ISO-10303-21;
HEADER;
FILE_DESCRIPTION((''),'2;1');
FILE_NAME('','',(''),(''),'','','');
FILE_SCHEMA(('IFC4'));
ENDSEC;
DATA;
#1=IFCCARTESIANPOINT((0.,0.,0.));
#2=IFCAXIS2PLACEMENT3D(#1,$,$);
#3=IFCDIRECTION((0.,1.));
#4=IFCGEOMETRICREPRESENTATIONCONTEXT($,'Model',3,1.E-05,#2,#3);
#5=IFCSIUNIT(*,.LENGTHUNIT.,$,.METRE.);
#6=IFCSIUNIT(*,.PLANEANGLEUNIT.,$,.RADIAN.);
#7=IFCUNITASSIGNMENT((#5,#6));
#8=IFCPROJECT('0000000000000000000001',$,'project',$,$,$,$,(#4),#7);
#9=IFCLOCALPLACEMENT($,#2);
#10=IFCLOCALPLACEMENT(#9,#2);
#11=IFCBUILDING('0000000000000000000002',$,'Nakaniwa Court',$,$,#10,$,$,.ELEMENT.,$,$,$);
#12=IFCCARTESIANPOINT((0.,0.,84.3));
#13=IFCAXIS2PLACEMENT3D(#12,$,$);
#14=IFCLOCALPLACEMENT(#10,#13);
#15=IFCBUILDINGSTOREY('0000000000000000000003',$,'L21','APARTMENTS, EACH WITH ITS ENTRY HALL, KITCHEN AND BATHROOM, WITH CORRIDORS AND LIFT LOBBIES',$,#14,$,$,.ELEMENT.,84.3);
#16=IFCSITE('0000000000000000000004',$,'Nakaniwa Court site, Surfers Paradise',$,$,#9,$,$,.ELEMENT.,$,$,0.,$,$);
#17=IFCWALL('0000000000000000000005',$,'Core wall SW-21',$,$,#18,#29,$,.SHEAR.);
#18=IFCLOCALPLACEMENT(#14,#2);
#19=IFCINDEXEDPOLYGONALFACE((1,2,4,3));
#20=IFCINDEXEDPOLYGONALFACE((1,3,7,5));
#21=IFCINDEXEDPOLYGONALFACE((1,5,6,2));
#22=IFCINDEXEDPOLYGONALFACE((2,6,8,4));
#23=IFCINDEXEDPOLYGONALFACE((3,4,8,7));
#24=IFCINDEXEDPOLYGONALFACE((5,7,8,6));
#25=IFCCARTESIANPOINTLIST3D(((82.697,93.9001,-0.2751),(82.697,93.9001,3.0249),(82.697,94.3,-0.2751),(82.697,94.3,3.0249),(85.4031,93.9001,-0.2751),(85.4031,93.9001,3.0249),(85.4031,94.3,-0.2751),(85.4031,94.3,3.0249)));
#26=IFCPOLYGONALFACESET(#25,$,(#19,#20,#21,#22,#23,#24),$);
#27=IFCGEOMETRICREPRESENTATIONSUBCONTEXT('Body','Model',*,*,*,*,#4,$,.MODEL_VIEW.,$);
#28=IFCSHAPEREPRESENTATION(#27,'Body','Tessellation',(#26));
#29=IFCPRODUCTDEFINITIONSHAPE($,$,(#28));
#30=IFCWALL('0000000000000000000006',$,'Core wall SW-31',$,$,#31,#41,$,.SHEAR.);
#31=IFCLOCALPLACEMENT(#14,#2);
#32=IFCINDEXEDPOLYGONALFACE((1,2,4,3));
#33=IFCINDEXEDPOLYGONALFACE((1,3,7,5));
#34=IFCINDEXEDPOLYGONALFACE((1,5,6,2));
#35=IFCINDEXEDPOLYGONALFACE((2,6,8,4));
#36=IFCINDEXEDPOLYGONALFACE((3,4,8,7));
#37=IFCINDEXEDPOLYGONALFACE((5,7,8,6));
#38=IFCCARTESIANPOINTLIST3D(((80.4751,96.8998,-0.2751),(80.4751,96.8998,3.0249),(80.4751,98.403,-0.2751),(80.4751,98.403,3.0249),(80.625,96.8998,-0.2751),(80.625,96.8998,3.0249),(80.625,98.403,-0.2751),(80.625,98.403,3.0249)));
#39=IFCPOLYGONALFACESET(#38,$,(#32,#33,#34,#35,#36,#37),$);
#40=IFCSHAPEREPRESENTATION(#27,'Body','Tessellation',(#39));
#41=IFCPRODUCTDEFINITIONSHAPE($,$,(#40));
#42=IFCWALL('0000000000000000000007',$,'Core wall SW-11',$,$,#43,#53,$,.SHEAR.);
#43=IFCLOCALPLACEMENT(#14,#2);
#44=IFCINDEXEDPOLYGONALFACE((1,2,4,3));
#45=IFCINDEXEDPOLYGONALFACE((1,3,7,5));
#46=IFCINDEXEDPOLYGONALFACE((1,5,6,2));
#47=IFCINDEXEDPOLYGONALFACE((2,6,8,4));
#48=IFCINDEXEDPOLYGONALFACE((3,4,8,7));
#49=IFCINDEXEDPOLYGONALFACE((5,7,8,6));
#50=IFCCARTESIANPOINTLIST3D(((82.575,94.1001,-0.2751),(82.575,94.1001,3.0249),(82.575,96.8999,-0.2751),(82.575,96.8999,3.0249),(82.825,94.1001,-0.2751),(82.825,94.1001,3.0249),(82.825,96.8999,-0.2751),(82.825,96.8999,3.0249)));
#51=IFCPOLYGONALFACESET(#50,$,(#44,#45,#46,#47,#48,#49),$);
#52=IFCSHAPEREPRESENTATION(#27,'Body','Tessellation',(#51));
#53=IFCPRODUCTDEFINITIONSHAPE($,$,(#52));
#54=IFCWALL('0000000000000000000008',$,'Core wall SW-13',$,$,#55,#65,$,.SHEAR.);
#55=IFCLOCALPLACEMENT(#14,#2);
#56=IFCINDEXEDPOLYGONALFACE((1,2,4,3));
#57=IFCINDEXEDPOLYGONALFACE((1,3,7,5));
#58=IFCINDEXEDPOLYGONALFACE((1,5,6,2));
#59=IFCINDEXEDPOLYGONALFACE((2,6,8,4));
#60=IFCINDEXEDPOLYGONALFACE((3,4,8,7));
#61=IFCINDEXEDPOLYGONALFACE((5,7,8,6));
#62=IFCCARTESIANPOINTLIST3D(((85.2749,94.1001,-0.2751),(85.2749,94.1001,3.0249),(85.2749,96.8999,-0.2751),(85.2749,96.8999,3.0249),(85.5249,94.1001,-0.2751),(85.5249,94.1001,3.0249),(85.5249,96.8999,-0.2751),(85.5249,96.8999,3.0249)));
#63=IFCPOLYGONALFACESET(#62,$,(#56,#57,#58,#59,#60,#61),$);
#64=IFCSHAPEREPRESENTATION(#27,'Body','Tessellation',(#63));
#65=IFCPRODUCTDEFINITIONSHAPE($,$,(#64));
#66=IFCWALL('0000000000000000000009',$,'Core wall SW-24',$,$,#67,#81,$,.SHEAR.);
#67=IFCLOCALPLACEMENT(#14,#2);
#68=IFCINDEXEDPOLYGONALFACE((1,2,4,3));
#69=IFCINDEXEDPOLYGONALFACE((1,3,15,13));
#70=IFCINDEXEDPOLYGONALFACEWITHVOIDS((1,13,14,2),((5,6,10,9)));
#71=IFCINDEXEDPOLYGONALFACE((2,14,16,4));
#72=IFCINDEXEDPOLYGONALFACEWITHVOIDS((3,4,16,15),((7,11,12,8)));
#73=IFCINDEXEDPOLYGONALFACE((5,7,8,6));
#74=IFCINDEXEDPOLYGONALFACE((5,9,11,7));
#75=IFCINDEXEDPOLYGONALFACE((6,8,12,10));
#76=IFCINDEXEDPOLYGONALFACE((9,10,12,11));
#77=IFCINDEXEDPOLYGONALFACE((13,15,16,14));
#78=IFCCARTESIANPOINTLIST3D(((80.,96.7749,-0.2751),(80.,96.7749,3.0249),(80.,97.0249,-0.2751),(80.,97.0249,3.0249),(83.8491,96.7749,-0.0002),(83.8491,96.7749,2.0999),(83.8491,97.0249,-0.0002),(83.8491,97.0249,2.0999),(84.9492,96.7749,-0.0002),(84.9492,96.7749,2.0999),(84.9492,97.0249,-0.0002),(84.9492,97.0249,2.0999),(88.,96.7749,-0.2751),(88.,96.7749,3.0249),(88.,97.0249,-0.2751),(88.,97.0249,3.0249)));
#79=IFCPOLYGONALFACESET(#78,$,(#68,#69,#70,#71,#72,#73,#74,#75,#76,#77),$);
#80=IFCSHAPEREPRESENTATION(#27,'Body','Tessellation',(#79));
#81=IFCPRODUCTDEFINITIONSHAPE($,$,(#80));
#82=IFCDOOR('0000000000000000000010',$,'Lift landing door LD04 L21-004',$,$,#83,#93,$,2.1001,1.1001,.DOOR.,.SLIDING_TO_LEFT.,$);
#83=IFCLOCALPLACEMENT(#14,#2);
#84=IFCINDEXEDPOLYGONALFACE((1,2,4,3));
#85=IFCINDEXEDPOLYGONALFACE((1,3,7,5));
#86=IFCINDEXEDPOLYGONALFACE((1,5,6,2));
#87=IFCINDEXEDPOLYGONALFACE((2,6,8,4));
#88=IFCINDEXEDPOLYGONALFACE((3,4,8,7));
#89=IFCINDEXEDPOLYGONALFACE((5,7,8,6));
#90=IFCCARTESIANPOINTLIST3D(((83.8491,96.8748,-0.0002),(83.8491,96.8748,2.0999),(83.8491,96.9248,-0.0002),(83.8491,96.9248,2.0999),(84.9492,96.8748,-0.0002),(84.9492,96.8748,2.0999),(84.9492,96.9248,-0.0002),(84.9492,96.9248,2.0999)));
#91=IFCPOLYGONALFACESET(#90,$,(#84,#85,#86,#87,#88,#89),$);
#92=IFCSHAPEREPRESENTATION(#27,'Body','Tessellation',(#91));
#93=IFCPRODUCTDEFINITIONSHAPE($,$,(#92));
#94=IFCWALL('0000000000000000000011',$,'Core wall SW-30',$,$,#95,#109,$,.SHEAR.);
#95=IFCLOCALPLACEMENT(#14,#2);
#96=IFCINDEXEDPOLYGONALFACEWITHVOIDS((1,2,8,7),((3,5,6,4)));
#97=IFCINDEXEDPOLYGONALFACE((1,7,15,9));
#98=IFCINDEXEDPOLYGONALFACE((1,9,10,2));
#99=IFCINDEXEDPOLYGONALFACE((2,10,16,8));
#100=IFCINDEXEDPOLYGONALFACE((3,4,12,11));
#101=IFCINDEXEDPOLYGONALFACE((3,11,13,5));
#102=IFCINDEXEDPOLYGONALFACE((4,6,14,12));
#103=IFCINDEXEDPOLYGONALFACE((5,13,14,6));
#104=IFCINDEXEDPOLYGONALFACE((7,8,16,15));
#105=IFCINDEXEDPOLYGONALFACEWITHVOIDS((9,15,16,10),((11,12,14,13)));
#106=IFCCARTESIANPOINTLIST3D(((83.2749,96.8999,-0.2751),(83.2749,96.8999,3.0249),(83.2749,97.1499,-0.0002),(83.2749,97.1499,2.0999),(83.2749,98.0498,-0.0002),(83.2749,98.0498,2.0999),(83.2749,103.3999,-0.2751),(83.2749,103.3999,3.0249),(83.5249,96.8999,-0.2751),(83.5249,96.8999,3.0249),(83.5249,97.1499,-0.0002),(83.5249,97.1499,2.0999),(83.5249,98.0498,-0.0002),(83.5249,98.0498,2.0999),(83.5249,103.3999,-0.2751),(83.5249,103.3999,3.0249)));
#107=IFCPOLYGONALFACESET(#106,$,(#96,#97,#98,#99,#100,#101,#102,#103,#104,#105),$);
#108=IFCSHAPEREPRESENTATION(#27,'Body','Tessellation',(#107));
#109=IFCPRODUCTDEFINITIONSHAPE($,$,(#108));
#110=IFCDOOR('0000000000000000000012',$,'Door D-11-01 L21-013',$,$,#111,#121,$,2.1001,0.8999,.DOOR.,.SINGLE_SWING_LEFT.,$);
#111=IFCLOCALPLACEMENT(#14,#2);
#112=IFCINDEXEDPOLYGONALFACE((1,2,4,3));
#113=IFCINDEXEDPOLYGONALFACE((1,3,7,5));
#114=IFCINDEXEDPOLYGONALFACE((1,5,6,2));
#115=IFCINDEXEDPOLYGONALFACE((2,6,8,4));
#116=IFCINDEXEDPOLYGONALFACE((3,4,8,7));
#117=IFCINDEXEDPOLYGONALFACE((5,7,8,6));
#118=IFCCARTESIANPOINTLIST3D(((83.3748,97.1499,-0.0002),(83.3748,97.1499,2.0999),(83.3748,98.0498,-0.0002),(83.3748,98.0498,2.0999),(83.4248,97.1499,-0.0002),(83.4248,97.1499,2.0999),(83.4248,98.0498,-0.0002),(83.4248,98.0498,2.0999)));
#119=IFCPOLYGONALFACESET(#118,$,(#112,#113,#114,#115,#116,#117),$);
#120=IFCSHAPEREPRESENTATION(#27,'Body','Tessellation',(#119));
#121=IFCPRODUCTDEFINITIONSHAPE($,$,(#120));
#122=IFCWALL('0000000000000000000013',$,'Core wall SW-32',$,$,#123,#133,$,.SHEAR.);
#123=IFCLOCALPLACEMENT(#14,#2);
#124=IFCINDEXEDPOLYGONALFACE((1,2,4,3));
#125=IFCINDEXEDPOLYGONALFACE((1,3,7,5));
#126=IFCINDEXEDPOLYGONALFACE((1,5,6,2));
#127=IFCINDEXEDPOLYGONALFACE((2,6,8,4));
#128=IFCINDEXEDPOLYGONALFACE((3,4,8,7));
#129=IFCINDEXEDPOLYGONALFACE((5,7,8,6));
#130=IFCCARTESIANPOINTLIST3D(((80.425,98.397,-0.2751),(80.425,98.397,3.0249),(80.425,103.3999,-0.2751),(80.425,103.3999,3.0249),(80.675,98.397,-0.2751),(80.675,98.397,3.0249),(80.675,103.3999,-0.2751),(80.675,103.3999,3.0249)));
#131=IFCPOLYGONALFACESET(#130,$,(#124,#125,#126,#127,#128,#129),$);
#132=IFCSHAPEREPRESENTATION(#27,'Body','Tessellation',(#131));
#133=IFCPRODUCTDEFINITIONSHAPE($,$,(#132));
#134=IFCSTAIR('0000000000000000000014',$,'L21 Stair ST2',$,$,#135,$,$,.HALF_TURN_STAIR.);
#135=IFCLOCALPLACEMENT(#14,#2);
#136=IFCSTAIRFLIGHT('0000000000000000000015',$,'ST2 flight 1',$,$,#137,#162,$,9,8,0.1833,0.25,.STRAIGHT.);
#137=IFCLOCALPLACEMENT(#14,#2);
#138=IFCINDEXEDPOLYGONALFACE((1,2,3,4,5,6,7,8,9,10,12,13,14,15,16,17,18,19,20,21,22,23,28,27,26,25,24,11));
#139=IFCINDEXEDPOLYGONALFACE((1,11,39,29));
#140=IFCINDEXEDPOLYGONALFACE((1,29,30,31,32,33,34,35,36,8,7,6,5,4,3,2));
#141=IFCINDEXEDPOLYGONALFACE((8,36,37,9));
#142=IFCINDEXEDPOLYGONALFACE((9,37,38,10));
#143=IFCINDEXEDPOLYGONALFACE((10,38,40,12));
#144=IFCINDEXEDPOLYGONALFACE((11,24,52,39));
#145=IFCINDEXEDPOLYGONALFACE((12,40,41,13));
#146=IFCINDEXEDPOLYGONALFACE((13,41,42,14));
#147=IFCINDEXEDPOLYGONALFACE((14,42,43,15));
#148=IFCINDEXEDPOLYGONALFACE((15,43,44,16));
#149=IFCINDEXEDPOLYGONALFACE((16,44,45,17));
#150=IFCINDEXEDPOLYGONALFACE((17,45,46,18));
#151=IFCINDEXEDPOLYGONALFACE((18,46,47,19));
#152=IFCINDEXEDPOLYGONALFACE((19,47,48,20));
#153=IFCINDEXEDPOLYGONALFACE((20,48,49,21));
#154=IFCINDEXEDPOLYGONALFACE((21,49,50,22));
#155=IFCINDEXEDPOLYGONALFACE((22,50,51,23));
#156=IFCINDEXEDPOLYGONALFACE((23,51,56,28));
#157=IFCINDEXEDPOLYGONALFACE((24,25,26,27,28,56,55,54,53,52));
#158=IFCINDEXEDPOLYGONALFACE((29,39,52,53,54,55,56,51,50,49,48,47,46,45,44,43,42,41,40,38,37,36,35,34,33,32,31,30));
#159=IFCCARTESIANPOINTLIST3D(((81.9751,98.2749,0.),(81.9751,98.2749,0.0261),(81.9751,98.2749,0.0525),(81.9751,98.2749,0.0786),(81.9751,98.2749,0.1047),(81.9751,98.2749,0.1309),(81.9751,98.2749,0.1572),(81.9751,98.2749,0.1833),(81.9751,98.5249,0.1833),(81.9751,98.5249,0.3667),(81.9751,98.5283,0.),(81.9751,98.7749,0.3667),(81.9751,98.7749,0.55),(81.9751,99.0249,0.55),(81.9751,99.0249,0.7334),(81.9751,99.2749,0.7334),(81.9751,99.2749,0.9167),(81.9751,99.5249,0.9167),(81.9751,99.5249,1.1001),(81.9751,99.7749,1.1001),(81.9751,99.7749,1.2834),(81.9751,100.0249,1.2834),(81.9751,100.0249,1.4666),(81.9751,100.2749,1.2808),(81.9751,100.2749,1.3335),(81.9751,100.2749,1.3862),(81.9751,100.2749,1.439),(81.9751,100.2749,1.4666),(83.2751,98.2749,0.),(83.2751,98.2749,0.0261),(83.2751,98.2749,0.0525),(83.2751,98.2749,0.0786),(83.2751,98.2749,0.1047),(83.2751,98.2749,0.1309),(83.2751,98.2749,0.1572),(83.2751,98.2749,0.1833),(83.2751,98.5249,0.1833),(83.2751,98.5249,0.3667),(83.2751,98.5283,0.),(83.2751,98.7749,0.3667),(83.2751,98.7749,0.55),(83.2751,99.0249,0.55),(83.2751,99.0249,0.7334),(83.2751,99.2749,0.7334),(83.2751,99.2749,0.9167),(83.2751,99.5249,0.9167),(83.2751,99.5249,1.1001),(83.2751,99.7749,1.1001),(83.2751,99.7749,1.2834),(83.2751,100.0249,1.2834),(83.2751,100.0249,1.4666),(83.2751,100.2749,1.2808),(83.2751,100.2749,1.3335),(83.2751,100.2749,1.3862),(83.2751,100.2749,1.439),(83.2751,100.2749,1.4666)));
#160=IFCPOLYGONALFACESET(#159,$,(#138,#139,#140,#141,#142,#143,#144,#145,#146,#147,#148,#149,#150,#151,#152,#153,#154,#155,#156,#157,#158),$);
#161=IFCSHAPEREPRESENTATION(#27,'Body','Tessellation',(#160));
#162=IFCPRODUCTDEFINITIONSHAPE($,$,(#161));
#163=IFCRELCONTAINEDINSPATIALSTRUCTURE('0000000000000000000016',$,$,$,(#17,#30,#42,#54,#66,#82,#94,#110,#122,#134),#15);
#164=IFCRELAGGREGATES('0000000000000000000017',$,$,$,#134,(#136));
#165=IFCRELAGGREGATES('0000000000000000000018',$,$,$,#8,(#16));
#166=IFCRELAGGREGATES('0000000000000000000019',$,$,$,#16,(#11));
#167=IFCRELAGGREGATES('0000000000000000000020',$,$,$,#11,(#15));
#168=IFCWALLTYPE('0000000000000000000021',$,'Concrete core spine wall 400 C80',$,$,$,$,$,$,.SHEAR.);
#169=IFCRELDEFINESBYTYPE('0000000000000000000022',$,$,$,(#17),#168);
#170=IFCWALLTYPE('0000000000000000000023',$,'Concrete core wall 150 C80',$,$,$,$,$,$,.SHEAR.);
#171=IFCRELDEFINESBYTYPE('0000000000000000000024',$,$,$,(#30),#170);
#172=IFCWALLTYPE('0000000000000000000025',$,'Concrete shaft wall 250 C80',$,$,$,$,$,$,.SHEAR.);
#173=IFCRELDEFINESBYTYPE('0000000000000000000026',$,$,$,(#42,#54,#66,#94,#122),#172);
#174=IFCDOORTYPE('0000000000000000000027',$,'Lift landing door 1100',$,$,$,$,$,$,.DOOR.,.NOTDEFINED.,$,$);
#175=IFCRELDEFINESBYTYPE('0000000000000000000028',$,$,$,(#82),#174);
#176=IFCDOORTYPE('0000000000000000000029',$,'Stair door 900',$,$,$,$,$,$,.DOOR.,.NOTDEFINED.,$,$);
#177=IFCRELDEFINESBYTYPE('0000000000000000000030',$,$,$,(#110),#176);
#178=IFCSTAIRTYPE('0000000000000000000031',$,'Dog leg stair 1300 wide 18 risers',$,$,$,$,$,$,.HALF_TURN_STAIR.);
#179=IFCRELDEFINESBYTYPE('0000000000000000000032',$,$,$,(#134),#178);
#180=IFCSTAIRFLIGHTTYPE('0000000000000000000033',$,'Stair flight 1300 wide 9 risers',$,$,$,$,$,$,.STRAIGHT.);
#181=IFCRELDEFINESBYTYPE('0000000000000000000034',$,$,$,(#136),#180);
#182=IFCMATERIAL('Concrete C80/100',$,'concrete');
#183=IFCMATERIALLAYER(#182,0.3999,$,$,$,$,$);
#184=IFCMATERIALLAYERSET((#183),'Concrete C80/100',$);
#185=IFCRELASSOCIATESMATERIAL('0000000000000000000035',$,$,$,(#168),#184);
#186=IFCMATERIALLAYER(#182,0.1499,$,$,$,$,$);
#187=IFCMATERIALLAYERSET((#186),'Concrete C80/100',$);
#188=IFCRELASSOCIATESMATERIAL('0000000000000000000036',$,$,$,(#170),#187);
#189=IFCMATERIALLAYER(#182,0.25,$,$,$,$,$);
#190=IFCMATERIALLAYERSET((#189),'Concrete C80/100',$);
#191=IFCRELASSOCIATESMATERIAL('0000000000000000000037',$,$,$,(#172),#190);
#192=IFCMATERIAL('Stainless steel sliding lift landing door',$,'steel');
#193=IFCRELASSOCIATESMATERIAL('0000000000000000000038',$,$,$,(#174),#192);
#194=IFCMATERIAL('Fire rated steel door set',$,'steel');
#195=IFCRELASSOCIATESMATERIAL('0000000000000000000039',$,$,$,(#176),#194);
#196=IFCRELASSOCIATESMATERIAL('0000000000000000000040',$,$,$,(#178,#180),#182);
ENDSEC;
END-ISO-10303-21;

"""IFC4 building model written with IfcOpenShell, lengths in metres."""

from ifc_helpers import new_model, si_unit, direction, frame, frame_2d, origin, place, context, subcontext, project, spatial, polyline, rectangle, outline, extrude, material, layer, layer_set, type_object, element, fill, aggregate, save


model = new_model("IFC4")

# Units and contexts
model_context = context("Model", 3, precision=1e-05, world=origin(), true_north=direction((0.0, 1.0)))
body_context = subcontext(model_context, "Body", "Model", "MODEL_VIEW")
ifc_project = project(units=[si_unit("LENGTHUNIT", "METRE"), si_unit("PLANEANGLEUNIT", "RADIAN")], contexts=[model_context])

# Site, building, storey
site_placement = place(None, origin())
site = spatial("IfcSite", under=ifc_project, at=site_placement, Name="Nakaniwa Court site, Surfers Paradise", CompositionType="ELEMENT", RefElevation=0.0)
building_placement = place(site_placement, origin())
building = spatial("IfcBuilding", under=site, at=building_placement, Name="Nakaniwa Court", CompositionType="ELEMENT")
storey_placement = place(building_placement, frame((0.0, 0.0, 84.3)))
storey = spatial("IfcBuildingStorey", under=building, at=storey_placement, Name="L21", Description="APARTMENTS, EACH WITH ITS ENTRY HALL, KITCHEN AND BATHROOM, WITH CORRIDORS AND LIFT LOBBIES", CompositionType="ELEMENT", Elevation=84.3)

# Shared definitions
ifc_material_1 = material(Name="Concrete C80/100", Category="concrete")

# Shared definitions
ifc_material_2 = material(Name="Fire rated steel door set", Category="steel")

# Walls
ifc_layer_1 = layer(ifc_material_1, 0.3999)
ifc_layer_set_1 = layer_set([ifc_layer_1], Name="Concrete C80/100")
wall_type_1 = type_object("IfcWallType", Name="Concrete core spine wall 400 C80", PredefinedType="SHEAR", material=ifc_layer_set_1)
wall_1_placement = place(storey_placement, frame((82.697, 94.1001, -0.2751), z_axis=(0.0, 0.0, 1.0), x_axis=(1.0, 0.0, 0.0)))
element("IfcWall", 1, at=wall_1_placement, inside=storey, type_object=wall_type_1, Name="Core wall SW-21", PredefinedType="SHEAR", context=body_context, shape_type="SweptSolid", body=[
    extrude(rectangle(XDim=2.7061, YDim=0.3999, at=frame_2d((1.353, 0.0))), origin(), (0.0, 0.0, 1.0), 3.3),
])
ifc_layer_2 = layer(ifc_material_1, 0.1499)
ifc_layer_set_2 = layer_set([ifc_layer_2], Name="Concrete C80/100")
wall_type_2 = type_object("IfcWallType", Name="Concrete core wall 150 C80", PredefinedType="SHEAR", material=ifc_layer_set_2)
wall_2_placement = place(storey_placement, frame((80.55, 96.8999, -0.2751), z_axis=(0.0, 0.0, 1.0), x_axis=(0.0, 1.0, 0.0)))
element("IfcWall", 2, at=wall_2_placement, inside=storey, type_object=wall_type_2, Name="Core wall SW-31", PredefinedType="SHEAR", context=body_context, shape_type="SweptSolid", body=[
    extrude(rectangle(XDim=1.5032, YDim=0.1499, at=frame_2d((0.7515, 0.0))), origin(), (0.0, 0.0, 1.0), 3.3),
])
ifc_layer_3 = layer(ifc_material_1, 0.25)
ifc_layer_set_3 = layer_set([ifc_layer_3], Name="Concrete C80/100")
wall_type_3 = type_object("IfcWallType", Name="Concrete shaft wall 250 C80", PredefinedType="SHEAR", material=ifc_layer_set_3)
for number, where, z_axis, x_axis, name in (
    (3, (82.7, 94.1001, -0.2751), (0.0, 0.0, 1.0), (0.0, 1.0, 0.0), "Core wall SW-11"),
    (4, (85.3999, 94.1001, -0.2751), (0.0, 0.0, 1.0), (0.0, 1.0, 0.0), "Core wall SW-13"),
):
    element("IfcWall", number, at=place(storey_placement, frame(where, z_axis=z_axis, x_axis=x_axis)), inside=storey, type_object=wall_type_3, Name=name, PredefinedType="SHEAR", context=body_context, shape_type="SweptSolid", body=[
        extrude(rectangle(XDim=2.7998, YDim=0.25, at=frame_2d((1.3999, 0.0))), origin(), (0.0, 0.0, 1.0), 3.3),
    ])

# Walls, openings, doors
wall_3_placement = place(storey_placement, frame((80.0, 96.8999, -0.2751), z_axis=(0.0, 0.0, 1.0), x_axis=(1.0, 0.0, 0.0)))
wall_3 = element("IfcWall", 5, at=wall_3_placement, inside=storey, type_object=wall_type_3, Name="Core wall SW-24", PredefinedType="SHEAR", context=body_context, shape_type="SweptSolid", body=[
    extrude(rectangle(XDim=8.0, YDim=0.25, at=frame_2d((4.0, 0.0))), origin(), (0.0, 0.0, 1.0), 3.3),
])
opening_1_placement = place(wall_3_placement, frame((3.8491, 0.0, 0.2749)))
opening_1 = element("IfcOpeningElement", 6, at=opening_1_placement, cuts=wall_3, PredefinedType="OPENING", context=body_context, shape_type="SweptSolid", body=[
    extrude(rectangle(XDim=1.1001, YDim=2.1001, at=frame_2d((0.55, 1.05))), frame((0.0, 0.135, 0.0), z_axis=(0.0, -1.0, 0.0), x_axis=(1.0, 0.0, 0.0)), (0.0, 0.0, 1.0), 0.27),
])
ifc_material_3 = material(Name="Stainless steel sliding lift landing door", Category="steel")
door_type_1 = type_object("IfcDoorType", Name="Lift landing door 1100", OperationType="NOTDEFINED", PredefinedType="DOOR", material=ifc_material_3)
door_1_placement = place(opening_1_placement, origin())
door_1 = element("IfcDoor", 7, at=door_1_placement, inside=storey, type_object=door_type_1, Name="Lift landing door LD04 L21-004", OperationType="SLIDING_TO_LEFT", OverallHeight=2.1001, OverallWidth=1.1001, PredefinedType="DOOR", context=body_context, shape_type="SweptSolid", body=[
    extrude(rectangle(XDim=1.1001, YDim=2.1001, at=frame_2d((0.55, 1.05))), frame((0.0, 0.0249, 0.0), z_axis=(0.0, -1.0, 0.0), x_axis=(1.0, 0.0, 0.0)), (0.0, 0.0, 1.0), 0.05),
])
fill(opening_1, door_1)
wall_4_placement = place(storey_placement, frame((83.3999, 103.3999, -0.2751), z_axis=(0.0, 0.0, 1.0), x_axis=(0.0, -1.0, 0.0)))
wall_4 = element("IfcWall", 8, at=wall_4_placement, inside=storey, type_object=wall_type_3, Name="Core wall SW-30", PredefinedType="SHEAR", context=body_context, shape_type="SweptSolid", body=[
    extrude(rectangle(XDim=6.5, YDim=0.25, at=frame_2d((3.25, 0.0))), origin(), (0.0, 0.0, 1.0), 3.3),
])
opening_2_placement = place(wall_4_placement, frame((5.3501, 0.0, 0.2749)))
opening_2 = element("IfcOpeningElement", 9, at=opening_2_placement, cuts=wall_4, PredefinedType="OPENING", context=body_context, shape_type="SweptSolid", body=[
    extrude(rectangle(XDim=0.8999, YDim=2.1001, at=frame_2d((0.45, 1.05))), frame((0.0, 0.135, 0.0), z_axis=(0.0, -1.0, 0.0), x_axis=(1.0, 0.0, 0.0)), (0.0, 0.0, 1.0), 0.27),
])
door_type_2 = type_object("IfcDoorType", Name="Stair door 900", OperationType="NOTDEFINED", PredefinedType="DOOR", material=ifc_material_2)
door_2_placement = place(opening_2_placement, origin())
door_2 = element("IfcDoor", 10, at=door_2_placement, inside=storey, type_object=door_type_2, Name="Door D-11-01 L21-013", OperationType="SINGLE_SWING_LEFT", OverallHeight=2.1001, OverallWidth=0.8999, PredefinedType="DOOR", context=body_context, shape_type="SweptSolid", body=[
    extrude(rectangle(XDim=0.8999, YDim=2.1001, at=frame_2d((0.45, 1.05))), frame((0.0, 0.0249, 0.0), z_axis=(0.0, -1.0, 0.0), x_axis=(1.0, 0.0, 0.0)), (0.0, 0.0, 1.0), 0.05),
])
fill(opening_2, door_2)

# Wall
wall_5_placement = place(storey_placement, frame((80.55, 98.397, -0.2751), z_axis=(0.0, 0.0, 1.0), x_axis=(0.0, 1.0, 0.0)))
element("IfcWall", 11, at=wall_5_placement, inside=storey, type_object=wall_type_3, Name="Core wall SW-32", PredefinedType="SHEAR", context=body_context, shape_type="SweptSolid", body=[
    extrude(rectangle(XDim=5.0029, YDim=0.25, at=frame_2d((2.5015, 0.0))), origin(), (0.0, 0.0, 1.0), 3.3),
])

# Stair, stair flight
stair_type = type_object("IfcStairType", Name="Dog leg stair 1300 wide 18 risers", PredefinedType="HALF_TURN_STAIR", material=ifc_material_1)
stair_placement = place(storey_placement, origin())
stair = element("IfcStair", 12, at=stair_placement, inside=storey, type_object=stair_type, Name="L21 Stair ST2", PredefinedType="HALF_TURN_STAIR")
stair_flight_type = type_object("IfcStairFlightType", Name="Stair flight 1300 wide 9 risers", PredefinedType="STRAIGHT", material=ifc_material_1)
stair_flight_1_placement = place(storey_placement, frame((82.625, 98.2749, 0.0), z_axis=(0.0, 0.0, 1.0), x_axis=(0.0, 1.0, 0.0)))
stair_flight_1 = element("IfcStairFlight", 13, at=stair_flight_1_placement, type_object=stair_flight_type, Name="ST2 flight 1", NumberOfRisers=9, NumberOfTreads=8, PredefinedType="STRAIGHT", RiserHeight=0.1833, TreadLength=0.25, context=body_context, shape_type="SweptSolid", body=[
    extrude(outline(polyline([(0.0, 0.0), (0.0, 0.0261), (0.0, 0.0525), (0.0, 0.0786), (0.0, 0.1047), (0.0, 0.1309), (0.0, 0.1572), (0.0, 0.1833), (0.25, 0.1833), (0.25, 0.3667), (0.5, 0.3667), (0.5, 0.55), (0.75, 0.55), (0.75, 0.7334), (1.0, 0.7334), (1.0, 0.9167), (1.25, 0.9167), (1.25, 1.1001), (1.5, 1.1001), (1.5, 1.2834), (1.75, 1.2834), (1.75, 1.4666), (2.0, 1.4666), (2.0, 1.6499), (2.0, 1.5972), (2.0, 1.5444), (2.0, 1.4917), (2.0, 1.439), (2.0, 1.3862), (2.0, 1.3335), (2.0, 1.2808), (0.2534, 0.0), (0.0, 0.0)])), frame((0.0, 0.6499, 0.0), z_axis=(0.0, -1.0, 0.0), x_axis=(1.0, 0.0, 0.0)), (0.0, 0.0, 1.0), 1.3),
])
aggregate(stair, [stair_flight_1])

save(model, "model.ifc")
